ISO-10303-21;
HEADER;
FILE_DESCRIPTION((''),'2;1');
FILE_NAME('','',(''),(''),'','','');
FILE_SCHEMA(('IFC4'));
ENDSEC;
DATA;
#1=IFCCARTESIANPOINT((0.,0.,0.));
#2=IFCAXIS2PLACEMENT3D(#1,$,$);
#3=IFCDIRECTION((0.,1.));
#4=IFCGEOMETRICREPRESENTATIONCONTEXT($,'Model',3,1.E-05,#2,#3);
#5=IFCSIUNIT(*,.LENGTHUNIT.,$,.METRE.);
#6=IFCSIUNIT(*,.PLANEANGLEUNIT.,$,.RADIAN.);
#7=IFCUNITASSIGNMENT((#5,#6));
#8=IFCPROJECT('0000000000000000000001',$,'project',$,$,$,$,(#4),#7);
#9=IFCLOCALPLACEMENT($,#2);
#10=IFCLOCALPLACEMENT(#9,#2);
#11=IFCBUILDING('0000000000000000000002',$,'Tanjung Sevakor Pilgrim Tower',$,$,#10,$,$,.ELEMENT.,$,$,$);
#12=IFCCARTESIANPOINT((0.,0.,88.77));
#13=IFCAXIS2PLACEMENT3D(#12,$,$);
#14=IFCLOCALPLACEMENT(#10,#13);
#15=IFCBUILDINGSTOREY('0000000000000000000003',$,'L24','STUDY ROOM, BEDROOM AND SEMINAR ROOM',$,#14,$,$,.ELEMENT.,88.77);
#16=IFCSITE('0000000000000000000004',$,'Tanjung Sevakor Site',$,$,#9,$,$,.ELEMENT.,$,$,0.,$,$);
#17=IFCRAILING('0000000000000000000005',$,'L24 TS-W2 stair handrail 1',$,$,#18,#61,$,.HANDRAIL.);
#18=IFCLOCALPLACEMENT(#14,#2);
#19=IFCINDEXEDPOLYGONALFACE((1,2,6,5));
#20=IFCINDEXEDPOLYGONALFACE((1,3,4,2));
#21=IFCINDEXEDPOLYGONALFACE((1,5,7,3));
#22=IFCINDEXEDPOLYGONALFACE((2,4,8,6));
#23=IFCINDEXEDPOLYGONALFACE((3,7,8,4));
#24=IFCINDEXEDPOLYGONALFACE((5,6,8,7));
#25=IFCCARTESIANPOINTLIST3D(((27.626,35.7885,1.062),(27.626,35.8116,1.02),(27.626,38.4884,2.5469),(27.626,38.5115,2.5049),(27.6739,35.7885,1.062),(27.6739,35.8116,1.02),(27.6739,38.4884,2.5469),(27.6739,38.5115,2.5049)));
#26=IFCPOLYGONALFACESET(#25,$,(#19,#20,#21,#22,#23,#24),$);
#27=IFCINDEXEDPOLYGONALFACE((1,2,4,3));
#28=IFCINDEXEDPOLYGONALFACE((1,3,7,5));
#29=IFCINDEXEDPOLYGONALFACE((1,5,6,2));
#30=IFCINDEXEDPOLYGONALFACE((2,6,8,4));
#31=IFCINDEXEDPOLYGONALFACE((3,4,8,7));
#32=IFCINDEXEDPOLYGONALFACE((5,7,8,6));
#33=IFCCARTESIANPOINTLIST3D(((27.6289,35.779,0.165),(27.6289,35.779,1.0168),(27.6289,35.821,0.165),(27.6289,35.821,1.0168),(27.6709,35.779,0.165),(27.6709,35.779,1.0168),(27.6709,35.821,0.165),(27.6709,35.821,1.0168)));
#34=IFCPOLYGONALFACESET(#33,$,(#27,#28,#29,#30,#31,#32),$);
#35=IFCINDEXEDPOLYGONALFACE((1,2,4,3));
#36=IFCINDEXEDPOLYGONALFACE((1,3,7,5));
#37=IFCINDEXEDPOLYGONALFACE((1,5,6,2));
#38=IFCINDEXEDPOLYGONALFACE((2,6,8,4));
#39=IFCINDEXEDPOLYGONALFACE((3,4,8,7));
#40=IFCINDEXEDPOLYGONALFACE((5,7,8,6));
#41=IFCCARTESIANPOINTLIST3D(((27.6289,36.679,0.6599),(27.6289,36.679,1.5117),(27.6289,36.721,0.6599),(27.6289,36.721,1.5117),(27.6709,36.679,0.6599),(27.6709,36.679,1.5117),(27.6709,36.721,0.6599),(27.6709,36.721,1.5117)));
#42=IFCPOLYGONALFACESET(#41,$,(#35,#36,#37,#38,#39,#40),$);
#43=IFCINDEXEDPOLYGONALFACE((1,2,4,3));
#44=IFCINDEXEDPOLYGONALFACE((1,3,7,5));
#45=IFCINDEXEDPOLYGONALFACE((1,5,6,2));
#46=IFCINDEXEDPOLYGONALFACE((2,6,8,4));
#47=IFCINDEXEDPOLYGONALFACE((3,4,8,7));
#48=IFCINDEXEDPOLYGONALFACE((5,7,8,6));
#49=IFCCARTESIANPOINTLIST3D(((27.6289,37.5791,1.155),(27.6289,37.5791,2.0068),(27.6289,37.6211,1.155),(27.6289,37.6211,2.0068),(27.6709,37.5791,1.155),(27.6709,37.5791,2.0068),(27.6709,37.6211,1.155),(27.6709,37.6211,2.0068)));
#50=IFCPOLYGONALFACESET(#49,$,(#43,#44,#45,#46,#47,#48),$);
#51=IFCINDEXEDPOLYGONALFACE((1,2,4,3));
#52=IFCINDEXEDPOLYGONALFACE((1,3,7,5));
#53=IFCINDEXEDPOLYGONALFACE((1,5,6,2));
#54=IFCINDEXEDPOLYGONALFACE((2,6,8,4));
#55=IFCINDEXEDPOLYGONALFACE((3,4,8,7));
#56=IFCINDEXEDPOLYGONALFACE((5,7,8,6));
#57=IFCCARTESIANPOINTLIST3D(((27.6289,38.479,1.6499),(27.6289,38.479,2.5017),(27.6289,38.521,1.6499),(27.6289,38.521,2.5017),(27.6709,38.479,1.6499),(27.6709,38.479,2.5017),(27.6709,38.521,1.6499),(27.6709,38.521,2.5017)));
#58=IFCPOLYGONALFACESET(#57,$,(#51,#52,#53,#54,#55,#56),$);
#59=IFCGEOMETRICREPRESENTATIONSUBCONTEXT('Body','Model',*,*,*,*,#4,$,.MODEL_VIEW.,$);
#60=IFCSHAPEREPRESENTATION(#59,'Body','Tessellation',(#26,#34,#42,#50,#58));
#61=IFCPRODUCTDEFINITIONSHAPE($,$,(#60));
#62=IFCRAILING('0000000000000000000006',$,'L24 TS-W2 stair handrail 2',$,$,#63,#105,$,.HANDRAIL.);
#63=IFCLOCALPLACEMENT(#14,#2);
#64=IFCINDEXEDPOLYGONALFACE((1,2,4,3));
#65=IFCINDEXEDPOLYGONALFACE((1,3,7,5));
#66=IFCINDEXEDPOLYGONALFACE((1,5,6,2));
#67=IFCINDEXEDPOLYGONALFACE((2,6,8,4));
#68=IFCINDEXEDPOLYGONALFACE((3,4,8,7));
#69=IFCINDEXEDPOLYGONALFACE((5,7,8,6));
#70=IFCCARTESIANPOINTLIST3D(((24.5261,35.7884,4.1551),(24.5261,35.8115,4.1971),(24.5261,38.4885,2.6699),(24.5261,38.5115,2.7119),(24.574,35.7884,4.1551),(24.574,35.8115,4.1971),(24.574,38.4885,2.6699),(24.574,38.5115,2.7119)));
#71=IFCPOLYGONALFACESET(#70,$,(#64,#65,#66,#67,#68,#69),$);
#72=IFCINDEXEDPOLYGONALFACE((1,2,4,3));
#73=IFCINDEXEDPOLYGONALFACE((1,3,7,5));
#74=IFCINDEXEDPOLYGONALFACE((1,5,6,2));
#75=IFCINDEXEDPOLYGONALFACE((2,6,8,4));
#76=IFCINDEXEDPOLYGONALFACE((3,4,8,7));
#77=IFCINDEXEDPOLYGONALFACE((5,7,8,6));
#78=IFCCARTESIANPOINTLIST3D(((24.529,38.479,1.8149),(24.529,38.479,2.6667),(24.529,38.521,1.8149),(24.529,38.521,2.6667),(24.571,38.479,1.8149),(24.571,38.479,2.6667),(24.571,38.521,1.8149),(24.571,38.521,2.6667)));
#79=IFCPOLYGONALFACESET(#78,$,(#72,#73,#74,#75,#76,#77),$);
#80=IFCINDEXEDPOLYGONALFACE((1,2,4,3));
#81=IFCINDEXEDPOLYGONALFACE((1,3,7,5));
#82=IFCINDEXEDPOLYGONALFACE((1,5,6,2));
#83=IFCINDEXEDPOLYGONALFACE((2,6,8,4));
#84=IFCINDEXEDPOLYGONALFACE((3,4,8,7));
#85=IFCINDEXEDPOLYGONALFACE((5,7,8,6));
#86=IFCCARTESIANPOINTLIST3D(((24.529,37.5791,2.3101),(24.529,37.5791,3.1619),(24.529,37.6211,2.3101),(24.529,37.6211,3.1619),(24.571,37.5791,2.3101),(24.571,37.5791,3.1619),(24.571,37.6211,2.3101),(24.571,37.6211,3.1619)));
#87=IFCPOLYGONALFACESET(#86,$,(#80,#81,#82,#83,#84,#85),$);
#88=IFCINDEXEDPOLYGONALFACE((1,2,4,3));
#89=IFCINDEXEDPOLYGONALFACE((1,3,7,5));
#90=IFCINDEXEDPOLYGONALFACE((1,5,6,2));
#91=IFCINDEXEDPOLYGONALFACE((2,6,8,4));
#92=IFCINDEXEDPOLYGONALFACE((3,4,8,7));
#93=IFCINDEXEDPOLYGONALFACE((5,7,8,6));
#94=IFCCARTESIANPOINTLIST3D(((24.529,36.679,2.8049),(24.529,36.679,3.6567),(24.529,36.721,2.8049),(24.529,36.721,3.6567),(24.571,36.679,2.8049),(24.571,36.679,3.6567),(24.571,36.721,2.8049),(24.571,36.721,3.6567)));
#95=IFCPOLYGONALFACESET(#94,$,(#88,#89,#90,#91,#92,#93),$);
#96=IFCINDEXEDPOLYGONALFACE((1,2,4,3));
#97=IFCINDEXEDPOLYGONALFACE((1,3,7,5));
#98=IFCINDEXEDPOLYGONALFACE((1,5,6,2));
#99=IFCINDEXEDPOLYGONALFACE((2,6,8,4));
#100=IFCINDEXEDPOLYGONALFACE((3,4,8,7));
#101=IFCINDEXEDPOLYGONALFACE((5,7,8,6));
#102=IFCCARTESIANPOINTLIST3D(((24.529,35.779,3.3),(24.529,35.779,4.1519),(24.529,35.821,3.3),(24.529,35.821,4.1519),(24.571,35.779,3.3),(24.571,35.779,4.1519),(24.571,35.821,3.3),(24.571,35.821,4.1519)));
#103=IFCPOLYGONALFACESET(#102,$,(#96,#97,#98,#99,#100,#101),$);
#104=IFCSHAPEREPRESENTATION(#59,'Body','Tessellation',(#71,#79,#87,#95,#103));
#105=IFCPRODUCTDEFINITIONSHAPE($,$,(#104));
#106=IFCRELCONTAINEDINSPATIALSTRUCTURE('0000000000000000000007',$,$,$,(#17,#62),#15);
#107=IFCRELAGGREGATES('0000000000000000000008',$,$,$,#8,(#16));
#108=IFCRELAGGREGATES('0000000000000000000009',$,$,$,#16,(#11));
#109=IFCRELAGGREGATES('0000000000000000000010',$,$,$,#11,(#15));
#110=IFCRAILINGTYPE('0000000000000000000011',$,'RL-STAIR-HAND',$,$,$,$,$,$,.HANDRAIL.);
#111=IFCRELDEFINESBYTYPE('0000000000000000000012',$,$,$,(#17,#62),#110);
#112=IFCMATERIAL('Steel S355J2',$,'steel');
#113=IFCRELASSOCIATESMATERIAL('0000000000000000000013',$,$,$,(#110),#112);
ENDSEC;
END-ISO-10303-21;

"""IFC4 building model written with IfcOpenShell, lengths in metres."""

from ifc_helpers import new_model, si_unit, direction, frame, origin, place, context, subcontext, project, spatial, rectangle, extrude, material, type_object, element, save


model = new_model("IFC4")

# Units and contexts
model_context = context("Model", 3, precision=1e-05, world=origin(), true_north=direction((0.0, 1.0)))
body_context = subcontext(model_context, "Body", "Model", "MODEL_VIEW")
ifc_project = project(units=[si_unit("LENGTHUNIT", "METRE"), si_unit("PLANEANGLEUNIT", "RADIAN")], contexts=[model_context])

# Site, building, storey
site_placement = place(None, origin())
site = spatial("IfcSite", under=ifc_project, at=site_placement, Name="Tanjung Sevakor Site", CompositionType="ELEMENT", RefElevation=0.0)
building_placement = place(site_placement, origin())
building = spatial("IfcBuilding", under=site, at=building_placement, Name="Tanjung Sevakor Pilgrim Tower", CompositionType="ELEMENT")
storey_placement = place(building_placement, frame((0.0, 0.0, 88.77)))
storey = spatial("IfcBuildingStorey", under=building, at=storey_placement, Name="L24", Description="STUDY ROOM, BEDROOM AND SEMINAR ROOM", CompositionType="ELEMENT", Elevation=88.77)

# Railings
ifc_material_1 = material(Name="Steel S355J2", Category="steel")
railing_type_1 = type_object("IfcRailingType", Name="RL-STAIR-HAND", PredefinedType="HANDRAIL", material=ifc_material_1)
railing_1_placement = place(storey_placement, frame((27.6499, 35.8, 0.165)))
element("IfcRailing", 1, at=railing_1_placement, inside=storey, type_object=railing_type_1, Name="L24 TS-W2 stair handrail 1", PredefinedType="HANDRAIL", context=body_context, shape_type="SweptSolid", body=[
    extrude(rectangle(XDim=0.0479, YDim=0.0479), frame((0.0, 0.0, 0.876), z_axis=(0.0, 0.876231, 0.481891), x_axis=(-1.0, 0.0, 0.0)), (0.0, 0.0, 1.0), 3.0813),
    extrude(rectangle(XDim=0.042, YDim=0.042), origin(), (0.0, 0.0, 1.0), 0.8518),
    extrude(rectangle(XDim=0.042, YDim=0.042), frame((0.0, 0.8999, 0.4949)), (0.0, 0.0, 1.0), 0.8518),
    extrude(rectangle(XDim=0.042, YDim=0.042), frame((0.0, 1.8, 0.99)), (0.0, 0.0, 1.0), 0.8518),
    extrude(rectangle(XDim=0.042, YDim=0.042), frame((0.0, 2.7, 1.4849)), (0.0, 0.0, 1.0), 0.8518),
])
railing_2_placement = place(storey_placement, frame((24.55, 38.5, 1.8149)))
element("IfcRailing", 2, at=railing_2_placement, inside=storey, type_object=railing_type_1, Name="L24 TS-W2 stair handrail 2", PredefinedType="HANDRAIL", context=body_context, shape_type="SweptSolid", body=[
    extrude(rectangle(XDim=0.0479, YDim=0.0479), frame((0.0, 0.0, 0.876), z_axis=(0.0, -0.876198, 0.481952), x_axis=(1.0, 0.0, 0.0)), (0.0, 0.0, 1.0), 3.0815),
    extrude(rectangle(XDim=0.042, YDim=0.042), origin(), (0.0, 0.0, 1.0), 0.8518),
    extrude(rectangle(XDim=0.042, YDim=0.042), frame((0.0, -0.8999, 0.4951)), (0.0, 0.0, 1.0), 0.8518),
    extrude(rectangle(XDim=0.042, YDim=0.042), frame((0.0, -1.8, 0.99)), (0.0, 0.0, 1.0), 0.8518),
    extrude(rectangle(XDim=0.042, YDim=0.042), frame((0.0, -2.7, 1.4851)), (0.0, 0.0, 1.0), 0.8518),
])

save(model, "model.ifc")
